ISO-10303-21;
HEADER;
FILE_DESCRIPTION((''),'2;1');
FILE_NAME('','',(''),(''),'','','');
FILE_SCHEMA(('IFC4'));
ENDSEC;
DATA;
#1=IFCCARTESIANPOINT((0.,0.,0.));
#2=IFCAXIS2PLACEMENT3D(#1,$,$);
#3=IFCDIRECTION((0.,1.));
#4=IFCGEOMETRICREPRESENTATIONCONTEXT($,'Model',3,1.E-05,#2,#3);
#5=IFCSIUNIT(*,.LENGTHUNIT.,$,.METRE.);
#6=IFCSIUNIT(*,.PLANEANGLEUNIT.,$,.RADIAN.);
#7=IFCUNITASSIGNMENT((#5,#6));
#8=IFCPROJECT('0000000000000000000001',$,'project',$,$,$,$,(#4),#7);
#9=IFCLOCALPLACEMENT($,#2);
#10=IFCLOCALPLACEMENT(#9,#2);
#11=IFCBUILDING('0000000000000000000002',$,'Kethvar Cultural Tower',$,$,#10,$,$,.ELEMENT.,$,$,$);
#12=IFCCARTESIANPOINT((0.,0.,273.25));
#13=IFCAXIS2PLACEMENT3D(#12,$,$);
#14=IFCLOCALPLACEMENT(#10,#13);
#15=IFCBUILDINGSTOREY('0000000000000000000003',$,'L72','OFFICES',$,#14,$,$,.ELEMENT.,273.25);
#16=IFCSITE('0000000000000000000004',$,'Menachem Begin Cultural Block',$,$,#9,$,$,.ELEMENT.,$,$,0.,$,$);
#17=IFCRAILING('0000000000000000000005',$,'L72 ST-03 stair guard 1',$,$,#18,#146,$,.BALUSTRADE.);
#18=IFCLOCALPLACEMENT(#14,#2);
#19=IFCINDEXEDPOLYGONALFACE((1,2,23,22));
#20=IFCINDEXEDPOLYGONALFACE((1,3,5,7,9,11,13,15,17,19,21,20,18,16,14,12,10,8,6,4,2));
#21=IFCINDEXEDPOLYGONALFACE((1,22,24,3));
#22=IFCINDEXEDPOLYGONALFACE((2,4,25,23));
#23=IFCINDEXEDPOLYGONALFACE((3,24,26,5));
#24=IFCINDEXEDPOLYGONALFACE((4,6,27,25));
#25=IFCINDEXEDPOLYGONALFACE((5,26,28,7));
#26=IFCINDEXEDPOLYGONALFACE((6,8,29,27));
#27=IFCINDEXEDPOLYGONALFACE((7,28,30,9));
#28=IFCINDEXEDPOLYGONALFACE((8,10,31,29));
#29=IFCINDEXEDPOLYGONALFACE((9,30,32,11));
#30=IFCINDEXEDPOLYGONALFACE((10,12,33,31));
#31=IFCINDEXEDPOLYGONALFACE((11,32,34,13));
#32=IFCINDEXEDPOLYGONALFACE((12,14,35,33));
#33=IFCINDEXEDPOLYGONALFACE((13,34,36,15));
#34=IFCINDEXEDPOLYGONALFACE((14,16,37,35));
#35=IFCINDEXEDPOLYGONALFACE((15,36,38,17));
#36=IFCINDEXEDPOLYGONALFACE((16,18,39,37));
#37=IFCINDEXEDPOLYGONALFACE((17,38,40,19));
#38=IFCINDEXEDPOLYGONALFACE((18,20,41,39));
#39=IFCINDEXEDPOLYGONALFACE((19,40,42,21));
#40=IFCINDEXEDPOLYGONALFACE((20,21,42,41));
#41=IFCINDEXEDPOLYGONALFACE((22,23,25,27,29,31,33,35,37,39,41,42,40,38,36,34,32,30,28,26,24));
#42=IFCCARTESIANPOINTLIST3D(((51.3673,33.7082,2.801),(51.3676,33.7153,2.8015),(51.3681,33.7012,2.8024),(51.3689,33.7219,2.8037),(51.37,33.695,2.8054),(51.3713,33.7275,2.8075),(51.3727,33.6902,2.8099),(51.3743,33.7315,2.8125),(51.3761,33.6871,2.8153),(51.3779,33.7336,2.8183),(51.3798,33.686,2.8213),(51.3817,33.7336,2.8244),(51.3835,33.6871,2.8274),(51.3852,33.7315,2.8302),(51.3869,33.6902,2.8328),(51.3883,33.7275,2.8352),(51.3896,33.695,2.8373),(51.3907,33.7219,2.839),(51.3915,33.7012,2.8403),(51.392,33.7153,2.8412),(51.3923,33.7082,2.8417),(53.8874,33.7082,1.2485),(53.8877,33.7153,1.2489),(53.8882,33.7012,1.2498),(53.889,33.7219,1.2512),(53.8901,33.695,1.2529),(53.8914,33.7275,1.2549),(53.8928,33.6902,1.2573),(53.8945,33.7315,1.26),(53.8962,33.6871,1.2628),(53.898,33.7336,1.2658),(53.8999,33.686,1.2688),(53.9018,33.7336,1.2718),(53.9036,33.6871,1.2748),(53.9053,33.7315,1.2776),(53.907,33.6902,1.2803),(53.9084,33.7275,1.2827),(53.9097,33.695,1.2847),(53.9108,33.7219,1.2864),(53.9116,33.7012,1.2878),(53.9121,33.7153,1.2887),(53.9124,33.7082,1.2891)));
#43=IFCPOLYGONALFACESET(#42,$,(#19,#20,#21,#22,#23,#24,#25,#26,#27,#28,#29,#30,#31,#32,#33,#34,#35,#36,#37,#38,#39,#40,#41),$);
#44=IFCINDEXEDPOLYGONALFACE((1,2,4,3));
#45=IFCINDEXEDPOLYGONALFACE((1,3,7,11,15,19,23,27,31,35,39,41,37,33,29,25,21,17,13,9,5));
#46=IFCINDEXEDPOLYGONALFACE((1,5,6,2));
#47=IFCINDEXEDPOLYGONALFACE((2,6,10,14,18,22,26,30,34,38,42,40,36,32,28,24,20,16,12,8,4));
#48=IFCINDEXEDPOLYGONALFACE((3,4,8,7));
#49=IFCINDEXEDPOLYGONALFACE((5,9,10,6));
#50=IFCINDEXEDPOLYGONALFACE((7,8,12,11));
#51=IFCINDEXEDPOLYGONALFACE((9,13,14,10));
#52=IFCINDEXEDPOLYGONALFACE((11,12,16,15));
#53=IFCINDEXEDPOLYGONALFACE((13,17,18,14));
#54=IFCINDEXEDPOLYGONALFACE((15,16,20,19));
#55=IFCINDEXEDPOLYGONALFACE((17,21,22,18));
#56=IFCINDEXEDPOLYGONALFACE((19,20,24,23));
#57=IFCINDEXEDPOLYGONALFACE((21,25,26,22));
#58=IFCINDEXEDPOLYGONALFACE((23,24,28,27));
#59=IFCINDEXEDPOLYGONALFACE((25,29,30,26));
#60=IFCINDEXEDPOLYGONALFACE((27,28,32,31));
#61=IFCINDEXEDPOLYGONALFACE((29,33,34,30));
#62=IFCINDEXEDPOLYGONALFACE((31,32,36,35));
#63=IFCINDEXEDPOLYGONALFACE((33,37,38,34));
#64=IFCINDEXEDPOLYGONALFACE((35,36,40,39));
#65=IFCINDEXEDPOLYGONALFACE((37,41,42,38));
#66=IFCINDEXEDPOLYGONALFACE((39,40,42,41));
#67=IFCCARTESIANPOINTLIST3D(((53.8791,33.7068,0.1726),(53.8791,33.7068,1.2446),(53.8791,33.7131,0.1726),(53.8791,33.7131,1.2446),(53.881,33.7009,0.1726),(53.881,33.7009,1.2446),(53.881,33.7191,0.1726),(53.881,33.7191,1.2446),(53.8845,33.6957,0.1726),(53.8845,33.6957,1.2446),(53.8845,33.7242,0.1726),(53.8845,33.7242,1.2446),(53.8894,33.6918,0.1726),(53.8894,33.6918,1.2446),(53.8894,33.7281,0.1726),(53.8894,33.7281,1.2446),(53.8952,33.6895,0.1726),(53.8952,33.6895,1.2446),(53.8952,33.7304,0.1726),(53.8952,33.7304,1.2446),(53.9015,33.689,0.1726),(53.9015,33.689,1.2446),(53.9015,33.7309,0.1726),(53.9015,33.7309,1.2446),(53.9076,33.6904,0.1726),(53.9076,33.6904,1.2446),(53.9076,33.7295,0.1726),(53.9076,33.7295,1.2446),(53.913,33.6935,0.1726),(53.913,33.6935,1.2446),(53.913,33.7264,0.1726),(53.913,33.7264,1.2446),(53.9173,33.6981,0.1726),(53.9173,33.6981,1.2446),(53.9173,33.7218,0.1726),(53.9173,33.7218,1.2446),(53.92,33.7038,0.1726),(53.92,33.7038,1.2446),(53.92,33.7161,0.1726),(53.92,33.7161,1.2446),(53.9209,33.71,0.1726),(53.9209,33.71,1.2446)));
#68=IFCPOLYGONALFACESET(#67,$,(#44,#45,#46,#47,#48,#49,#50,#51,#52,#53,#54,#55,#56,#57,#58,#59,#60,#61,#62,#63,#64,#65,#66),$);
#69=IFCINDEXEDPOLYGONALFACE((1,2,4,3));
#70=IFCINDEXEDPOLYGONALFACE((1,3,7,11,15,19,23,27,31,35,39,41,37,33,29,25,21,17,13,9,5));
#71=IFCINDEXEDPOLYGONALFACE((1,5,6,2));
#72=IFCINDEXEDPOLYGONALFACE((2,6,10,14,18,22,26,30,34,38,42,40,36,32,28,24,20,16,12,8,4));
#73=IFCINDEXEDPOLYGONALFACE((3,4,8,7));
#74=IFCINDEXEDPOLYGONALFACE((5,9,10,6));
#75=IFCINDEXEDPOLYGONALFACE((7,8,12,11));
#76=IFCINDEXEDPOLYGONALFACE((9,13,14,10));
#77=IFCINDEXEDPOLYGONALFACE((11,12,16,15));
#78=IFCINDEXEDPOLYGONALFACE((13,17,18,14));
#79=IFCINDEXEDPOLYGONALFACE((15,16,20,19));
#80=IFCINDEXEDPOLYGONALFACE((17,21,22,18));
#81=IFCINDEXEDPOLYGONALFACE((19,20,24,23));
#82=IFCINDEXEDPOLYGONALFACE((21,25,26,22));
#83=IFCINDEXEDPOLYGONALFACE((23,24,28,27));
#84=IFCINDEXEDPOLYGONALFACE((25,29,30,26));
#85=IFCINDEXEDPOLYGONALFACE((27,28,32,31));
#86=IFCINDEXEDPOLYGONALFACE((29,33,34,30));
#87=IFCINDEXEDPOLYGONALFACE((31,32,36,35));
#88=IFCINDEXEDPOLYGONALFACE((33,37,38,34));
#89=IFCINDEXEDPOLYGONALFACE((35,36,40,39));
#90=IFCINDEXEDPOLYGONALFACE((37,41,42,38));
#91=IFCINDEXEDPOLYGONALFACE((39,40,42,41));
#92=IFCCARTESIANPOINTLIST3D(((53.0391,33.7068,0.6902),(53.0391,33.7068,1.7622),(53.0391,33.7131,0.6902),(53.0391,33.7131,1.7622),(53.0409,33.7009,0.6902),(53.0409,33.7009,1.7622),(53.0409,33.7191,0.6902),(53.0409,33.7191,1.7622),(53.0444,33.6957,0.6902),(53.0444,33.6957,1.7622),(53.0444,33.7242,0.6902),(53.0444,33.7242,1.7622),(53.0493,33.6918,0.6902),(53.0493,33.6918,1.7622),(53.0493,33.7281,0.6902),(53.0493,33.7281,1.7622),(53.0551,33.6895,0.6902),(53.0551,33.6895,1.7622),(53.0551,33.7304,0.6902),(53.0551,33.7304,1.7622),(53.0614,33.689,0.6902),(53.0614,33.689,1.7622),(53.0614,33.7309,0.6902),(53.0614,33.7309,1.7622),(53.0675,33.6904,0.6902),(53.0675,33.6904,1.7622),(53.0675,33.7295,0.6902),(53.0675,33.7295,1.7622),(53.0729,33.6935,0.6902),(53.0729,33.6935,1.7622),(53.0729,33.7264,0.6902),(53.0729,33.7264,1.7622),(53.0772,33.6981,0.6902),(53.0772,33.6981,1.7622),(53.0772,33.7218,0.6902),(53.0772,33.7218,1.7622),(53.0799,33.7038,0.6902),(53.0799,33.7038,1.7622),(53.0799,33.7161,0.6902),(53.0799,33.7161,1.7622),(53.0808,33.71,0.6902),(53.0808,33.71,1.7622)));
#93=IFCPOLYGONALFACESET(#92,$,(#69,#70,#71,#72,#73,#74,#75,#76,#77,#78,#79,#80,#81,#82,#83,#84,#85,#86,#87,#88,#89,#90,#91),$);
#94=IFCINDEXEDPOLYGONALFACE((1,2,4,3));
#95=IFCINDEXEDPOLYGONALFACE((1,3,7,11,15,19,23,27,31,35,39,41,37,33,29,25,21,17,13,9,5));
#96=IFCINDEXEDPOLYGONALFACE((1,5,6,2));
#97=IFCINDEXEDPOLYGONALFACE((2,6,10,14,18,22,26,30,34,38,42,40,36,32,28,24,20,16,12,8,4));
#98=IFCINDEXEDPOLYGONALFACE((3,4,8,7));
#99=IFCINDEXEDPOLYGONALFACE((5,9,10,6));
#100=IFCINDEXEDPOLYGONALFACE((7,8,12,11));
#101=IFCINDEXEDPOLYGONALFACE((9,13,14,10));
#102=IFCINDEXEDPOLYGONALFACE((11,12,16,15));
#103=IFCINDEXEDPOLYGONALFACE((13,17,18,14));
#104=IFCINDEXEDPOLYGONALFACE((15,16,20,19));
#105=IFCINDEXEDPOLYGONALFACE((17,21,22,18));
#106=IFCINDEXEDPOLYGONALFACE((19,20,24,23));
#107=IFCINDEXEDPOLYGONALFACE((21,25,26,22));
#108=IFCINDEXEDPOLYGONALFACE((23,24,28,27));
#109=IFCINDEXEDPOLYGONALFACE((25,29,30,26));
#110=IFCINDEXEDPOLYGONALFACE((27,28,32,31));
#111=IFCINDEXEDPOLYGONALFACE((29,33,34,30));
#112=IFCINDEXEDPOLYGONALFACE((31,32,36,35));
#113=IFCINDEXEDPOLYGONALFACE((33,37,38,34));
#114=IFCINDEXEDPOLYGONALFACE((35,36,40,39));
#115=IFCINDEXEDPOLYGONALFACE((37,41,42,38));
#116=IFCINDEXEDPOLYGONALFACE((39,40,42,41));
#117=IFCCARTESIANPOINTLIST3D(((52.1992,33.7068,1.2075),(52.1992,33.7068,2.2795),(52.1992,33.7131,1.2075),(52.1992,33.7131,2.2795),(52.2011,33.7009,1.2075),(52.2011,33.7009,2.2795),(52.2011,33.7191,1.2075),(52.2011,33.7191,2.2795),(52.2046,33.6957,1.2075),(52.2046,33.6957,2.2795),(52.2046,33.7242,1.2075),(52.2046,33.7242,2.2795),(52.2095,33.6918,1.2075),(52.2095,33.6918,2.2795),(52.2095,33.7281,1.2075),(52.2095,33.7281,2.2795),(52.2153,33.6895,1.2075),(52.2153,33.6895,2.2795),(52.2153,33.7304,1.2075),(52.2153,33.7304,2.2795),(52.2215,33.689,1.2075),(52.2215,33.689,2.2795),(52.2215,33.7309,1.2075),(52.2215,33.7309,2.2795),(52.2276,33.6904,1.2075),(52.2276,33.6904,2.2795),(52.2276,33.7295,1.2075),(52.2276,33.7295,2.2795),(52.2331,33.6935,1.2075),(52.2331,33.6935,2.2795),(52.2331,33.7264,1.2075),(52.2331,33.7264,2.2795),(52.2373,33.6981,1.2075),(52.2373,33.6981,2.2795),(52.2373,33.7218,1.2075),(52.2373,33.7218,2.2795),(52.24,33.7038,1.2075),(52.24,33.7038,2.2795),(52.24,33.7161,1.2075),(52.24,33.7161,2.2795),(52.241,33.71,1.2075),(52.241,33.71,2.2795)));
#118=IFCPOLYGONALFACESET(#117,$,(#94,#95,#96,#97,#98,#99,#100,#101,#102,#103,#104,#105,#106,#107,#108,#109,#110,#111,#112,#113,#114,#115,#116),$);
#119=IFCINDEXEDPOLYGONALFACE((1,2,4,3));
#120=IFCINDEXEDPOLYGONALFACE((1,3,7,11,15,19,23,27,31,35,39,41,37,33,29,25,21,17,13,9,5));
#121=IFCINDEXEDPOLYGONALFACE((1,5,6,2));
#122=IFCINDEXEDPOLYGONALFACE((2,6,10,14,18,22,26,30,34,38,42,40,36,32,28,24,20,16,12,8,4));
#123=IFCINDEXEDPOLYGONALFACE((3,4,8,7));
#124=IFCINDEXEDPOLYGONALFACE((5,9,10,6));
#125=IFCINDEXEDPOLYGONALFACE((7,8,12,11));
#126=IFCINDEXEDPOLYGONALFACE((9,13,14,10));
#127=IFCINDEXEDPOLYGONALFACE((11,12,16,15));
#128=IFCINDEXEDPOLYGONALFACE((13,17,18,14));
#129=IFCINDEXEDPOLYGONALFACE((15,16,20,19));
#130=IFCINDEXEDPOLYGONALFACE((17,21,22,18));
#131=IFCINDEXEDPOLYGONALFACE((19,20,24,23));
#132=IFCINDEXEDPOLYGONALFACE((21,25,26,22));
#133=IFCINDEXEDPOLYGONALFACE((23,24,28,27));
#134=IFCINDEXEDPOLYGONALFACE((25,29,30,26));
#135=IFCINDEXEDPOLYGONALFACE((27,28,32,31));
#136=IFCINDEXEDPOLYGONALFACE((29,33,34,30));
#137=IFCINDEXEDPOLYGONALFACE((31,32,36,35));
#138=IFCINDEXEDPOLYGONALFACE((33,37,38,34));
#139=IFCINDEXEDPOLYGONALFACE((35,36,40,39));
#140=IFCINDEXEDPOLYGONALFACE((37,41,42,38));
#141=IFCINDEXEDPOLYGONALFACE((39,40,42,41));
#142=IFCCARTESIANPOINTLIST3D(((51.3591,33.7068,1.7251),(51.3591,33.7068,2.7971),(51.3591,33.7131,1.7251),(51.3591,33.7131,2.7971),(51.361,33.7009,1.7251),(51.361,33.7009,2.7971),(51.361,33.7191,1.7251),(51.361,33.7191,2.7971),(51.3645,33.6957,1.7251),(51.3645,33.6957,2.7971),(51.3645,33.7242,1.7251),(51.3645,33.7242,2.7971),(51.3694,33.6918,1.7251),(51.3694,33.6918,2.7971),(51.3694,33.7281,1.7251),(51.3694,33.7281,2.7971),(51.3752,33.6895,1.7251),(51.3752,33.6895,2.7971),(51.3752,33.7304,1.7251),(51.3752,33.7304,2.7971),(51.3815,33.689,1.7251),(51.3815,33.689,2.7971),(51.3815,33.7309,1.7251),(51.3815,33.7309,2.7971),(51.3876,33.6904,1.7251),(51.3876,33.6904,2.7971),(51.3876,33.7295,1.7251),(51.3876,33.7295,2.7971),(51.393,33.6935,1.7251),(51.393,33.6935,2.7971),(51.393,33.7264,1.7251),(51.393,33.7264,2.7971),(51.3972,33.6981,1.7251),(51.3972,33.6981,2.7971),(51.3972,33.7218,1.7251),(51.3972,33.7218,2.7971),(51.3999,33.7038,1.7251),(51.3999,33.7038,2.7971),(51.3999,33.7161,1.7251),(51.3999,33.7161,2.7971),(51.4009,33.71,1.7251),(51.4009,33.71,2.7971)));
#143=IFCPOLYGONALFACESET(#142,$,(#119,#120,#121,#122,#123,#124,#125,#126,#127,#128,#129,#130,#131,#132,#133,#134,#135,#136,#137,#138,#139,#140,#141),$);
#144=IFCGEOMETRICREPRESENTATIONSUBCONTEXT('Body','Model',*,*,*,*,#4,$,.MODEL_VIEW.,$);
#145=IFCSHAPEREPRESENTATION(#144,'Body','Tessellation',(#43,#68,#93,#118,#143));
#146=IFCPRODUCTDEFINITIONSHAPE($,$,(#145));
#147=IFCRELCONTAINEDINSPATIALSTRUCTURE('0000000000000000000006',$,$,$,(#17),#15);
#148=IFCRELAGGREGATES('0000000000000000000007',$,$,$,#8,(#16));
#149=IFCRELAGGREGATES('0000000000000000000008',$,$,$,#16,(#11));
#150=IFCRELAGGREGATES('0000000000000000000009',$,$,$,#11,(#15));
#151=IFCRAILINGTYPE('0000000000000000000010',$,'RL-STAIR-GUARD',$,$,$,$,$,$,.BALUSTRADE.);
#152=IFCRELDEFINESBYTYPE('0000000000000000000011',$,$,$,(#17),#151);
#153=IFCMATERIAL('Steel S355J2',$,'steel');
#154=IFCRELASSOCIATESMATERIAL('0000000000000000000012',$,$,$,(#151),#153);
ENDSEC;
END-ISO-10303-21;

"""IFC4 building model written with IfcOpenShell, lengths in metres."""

from ifc_helpers import new_model, si_unit, direction, frame, origin, origin_2d, place, context, subcontext, project, spatial, circle, extrude, material, type_object, element, save


model = new_model("IFC4")

# Units and contexts
model_context = context("Model", 3, precision=1e-05, world=origin(), true_north=direction((0.0, 1.0)))
body_context = subcontext(model_context, "Body", "Model", "MODEL_VIEW")
ifc_project = project(units=[si_unit("LENGTHUNIT", "METRE"), si_unit("PLANEANGLEUNIT", "RADIAN")], contexts=[model_context])

# Site, building, storey
site_placement = place(None, origin())
site = spatial("IfcSite", under=ifc_project, at=site_placement, Name="Menachem Begin Cultural Block", CompositionType="ELEMENT", RefElevation=0.0)
building_placement = place(site_placement, origin())
building = spatial("IfcBuilding", under=site, at=building_placement, Name="Kethvar Cultural Tower", CompositionType="ELEMENT")
storey_placement = place(building_placement, frame((0.0, 0.0, 273.25)))
storey = spatial("IfcBuildingStorey", under=building, at=storey_placement, Name="L72", Description="OFFICES", CompositionType="ELEMENT", Elevation=273.25)

# Shared definitions
ifc_material_1 = material(Name="Steel S355J2", Category="steel")

# Railing
railing_type_1 = type_object("IfcRailingType", Name="RL-STAIR-GUARD", PredefinedType="BALUSTRADE", material=ifc_material_1)
railing_1_placement = place(storey_placement, frame((53.8999, 33.71, 0.1726)))
element("IfcRailing", 1, at=railing_1_placement, inside=storey, type_object=railing_type_1, Name="L72 ST-03 stair guard 1", PredefinedType="BALUSTRADE", context=body_context, shape_type="SweptSolid", body=[
    extrude(circle(Radius=0.0239, at=origin_2d()), frame((0.0, 0.0, 1.0962), z_axis=(-0.8514, 0.0, 0.524516), x_axis=(0.0, -1.0, 0.0)), (0.0, 0.0, 1.0), 2.96),
    extrude(circle(Radius=0.021, at=origin_2d()), origin(), (0.0, 0.0, 1.0), 1.072),
    extrude(circle(Radius=0.021, at=origin_2d()), frame((-0.8401, 0.0, 0.5176)), (0.0, 0.0, 1.0), 1.072),
    extrude(circle(Radius=0.021, at=origin_2d()), frame((-1.6799, 0.0, 1.0349)), (0.0, 0.0, 1.0), 1.072),
    extrude(circle(Radius=0.021, at=origin_2d()), frame((-2.52, 0.0, 1.5525)), (0.0, 0.0, 1.0), 1.072),
])

save(model, "model.ifc")
